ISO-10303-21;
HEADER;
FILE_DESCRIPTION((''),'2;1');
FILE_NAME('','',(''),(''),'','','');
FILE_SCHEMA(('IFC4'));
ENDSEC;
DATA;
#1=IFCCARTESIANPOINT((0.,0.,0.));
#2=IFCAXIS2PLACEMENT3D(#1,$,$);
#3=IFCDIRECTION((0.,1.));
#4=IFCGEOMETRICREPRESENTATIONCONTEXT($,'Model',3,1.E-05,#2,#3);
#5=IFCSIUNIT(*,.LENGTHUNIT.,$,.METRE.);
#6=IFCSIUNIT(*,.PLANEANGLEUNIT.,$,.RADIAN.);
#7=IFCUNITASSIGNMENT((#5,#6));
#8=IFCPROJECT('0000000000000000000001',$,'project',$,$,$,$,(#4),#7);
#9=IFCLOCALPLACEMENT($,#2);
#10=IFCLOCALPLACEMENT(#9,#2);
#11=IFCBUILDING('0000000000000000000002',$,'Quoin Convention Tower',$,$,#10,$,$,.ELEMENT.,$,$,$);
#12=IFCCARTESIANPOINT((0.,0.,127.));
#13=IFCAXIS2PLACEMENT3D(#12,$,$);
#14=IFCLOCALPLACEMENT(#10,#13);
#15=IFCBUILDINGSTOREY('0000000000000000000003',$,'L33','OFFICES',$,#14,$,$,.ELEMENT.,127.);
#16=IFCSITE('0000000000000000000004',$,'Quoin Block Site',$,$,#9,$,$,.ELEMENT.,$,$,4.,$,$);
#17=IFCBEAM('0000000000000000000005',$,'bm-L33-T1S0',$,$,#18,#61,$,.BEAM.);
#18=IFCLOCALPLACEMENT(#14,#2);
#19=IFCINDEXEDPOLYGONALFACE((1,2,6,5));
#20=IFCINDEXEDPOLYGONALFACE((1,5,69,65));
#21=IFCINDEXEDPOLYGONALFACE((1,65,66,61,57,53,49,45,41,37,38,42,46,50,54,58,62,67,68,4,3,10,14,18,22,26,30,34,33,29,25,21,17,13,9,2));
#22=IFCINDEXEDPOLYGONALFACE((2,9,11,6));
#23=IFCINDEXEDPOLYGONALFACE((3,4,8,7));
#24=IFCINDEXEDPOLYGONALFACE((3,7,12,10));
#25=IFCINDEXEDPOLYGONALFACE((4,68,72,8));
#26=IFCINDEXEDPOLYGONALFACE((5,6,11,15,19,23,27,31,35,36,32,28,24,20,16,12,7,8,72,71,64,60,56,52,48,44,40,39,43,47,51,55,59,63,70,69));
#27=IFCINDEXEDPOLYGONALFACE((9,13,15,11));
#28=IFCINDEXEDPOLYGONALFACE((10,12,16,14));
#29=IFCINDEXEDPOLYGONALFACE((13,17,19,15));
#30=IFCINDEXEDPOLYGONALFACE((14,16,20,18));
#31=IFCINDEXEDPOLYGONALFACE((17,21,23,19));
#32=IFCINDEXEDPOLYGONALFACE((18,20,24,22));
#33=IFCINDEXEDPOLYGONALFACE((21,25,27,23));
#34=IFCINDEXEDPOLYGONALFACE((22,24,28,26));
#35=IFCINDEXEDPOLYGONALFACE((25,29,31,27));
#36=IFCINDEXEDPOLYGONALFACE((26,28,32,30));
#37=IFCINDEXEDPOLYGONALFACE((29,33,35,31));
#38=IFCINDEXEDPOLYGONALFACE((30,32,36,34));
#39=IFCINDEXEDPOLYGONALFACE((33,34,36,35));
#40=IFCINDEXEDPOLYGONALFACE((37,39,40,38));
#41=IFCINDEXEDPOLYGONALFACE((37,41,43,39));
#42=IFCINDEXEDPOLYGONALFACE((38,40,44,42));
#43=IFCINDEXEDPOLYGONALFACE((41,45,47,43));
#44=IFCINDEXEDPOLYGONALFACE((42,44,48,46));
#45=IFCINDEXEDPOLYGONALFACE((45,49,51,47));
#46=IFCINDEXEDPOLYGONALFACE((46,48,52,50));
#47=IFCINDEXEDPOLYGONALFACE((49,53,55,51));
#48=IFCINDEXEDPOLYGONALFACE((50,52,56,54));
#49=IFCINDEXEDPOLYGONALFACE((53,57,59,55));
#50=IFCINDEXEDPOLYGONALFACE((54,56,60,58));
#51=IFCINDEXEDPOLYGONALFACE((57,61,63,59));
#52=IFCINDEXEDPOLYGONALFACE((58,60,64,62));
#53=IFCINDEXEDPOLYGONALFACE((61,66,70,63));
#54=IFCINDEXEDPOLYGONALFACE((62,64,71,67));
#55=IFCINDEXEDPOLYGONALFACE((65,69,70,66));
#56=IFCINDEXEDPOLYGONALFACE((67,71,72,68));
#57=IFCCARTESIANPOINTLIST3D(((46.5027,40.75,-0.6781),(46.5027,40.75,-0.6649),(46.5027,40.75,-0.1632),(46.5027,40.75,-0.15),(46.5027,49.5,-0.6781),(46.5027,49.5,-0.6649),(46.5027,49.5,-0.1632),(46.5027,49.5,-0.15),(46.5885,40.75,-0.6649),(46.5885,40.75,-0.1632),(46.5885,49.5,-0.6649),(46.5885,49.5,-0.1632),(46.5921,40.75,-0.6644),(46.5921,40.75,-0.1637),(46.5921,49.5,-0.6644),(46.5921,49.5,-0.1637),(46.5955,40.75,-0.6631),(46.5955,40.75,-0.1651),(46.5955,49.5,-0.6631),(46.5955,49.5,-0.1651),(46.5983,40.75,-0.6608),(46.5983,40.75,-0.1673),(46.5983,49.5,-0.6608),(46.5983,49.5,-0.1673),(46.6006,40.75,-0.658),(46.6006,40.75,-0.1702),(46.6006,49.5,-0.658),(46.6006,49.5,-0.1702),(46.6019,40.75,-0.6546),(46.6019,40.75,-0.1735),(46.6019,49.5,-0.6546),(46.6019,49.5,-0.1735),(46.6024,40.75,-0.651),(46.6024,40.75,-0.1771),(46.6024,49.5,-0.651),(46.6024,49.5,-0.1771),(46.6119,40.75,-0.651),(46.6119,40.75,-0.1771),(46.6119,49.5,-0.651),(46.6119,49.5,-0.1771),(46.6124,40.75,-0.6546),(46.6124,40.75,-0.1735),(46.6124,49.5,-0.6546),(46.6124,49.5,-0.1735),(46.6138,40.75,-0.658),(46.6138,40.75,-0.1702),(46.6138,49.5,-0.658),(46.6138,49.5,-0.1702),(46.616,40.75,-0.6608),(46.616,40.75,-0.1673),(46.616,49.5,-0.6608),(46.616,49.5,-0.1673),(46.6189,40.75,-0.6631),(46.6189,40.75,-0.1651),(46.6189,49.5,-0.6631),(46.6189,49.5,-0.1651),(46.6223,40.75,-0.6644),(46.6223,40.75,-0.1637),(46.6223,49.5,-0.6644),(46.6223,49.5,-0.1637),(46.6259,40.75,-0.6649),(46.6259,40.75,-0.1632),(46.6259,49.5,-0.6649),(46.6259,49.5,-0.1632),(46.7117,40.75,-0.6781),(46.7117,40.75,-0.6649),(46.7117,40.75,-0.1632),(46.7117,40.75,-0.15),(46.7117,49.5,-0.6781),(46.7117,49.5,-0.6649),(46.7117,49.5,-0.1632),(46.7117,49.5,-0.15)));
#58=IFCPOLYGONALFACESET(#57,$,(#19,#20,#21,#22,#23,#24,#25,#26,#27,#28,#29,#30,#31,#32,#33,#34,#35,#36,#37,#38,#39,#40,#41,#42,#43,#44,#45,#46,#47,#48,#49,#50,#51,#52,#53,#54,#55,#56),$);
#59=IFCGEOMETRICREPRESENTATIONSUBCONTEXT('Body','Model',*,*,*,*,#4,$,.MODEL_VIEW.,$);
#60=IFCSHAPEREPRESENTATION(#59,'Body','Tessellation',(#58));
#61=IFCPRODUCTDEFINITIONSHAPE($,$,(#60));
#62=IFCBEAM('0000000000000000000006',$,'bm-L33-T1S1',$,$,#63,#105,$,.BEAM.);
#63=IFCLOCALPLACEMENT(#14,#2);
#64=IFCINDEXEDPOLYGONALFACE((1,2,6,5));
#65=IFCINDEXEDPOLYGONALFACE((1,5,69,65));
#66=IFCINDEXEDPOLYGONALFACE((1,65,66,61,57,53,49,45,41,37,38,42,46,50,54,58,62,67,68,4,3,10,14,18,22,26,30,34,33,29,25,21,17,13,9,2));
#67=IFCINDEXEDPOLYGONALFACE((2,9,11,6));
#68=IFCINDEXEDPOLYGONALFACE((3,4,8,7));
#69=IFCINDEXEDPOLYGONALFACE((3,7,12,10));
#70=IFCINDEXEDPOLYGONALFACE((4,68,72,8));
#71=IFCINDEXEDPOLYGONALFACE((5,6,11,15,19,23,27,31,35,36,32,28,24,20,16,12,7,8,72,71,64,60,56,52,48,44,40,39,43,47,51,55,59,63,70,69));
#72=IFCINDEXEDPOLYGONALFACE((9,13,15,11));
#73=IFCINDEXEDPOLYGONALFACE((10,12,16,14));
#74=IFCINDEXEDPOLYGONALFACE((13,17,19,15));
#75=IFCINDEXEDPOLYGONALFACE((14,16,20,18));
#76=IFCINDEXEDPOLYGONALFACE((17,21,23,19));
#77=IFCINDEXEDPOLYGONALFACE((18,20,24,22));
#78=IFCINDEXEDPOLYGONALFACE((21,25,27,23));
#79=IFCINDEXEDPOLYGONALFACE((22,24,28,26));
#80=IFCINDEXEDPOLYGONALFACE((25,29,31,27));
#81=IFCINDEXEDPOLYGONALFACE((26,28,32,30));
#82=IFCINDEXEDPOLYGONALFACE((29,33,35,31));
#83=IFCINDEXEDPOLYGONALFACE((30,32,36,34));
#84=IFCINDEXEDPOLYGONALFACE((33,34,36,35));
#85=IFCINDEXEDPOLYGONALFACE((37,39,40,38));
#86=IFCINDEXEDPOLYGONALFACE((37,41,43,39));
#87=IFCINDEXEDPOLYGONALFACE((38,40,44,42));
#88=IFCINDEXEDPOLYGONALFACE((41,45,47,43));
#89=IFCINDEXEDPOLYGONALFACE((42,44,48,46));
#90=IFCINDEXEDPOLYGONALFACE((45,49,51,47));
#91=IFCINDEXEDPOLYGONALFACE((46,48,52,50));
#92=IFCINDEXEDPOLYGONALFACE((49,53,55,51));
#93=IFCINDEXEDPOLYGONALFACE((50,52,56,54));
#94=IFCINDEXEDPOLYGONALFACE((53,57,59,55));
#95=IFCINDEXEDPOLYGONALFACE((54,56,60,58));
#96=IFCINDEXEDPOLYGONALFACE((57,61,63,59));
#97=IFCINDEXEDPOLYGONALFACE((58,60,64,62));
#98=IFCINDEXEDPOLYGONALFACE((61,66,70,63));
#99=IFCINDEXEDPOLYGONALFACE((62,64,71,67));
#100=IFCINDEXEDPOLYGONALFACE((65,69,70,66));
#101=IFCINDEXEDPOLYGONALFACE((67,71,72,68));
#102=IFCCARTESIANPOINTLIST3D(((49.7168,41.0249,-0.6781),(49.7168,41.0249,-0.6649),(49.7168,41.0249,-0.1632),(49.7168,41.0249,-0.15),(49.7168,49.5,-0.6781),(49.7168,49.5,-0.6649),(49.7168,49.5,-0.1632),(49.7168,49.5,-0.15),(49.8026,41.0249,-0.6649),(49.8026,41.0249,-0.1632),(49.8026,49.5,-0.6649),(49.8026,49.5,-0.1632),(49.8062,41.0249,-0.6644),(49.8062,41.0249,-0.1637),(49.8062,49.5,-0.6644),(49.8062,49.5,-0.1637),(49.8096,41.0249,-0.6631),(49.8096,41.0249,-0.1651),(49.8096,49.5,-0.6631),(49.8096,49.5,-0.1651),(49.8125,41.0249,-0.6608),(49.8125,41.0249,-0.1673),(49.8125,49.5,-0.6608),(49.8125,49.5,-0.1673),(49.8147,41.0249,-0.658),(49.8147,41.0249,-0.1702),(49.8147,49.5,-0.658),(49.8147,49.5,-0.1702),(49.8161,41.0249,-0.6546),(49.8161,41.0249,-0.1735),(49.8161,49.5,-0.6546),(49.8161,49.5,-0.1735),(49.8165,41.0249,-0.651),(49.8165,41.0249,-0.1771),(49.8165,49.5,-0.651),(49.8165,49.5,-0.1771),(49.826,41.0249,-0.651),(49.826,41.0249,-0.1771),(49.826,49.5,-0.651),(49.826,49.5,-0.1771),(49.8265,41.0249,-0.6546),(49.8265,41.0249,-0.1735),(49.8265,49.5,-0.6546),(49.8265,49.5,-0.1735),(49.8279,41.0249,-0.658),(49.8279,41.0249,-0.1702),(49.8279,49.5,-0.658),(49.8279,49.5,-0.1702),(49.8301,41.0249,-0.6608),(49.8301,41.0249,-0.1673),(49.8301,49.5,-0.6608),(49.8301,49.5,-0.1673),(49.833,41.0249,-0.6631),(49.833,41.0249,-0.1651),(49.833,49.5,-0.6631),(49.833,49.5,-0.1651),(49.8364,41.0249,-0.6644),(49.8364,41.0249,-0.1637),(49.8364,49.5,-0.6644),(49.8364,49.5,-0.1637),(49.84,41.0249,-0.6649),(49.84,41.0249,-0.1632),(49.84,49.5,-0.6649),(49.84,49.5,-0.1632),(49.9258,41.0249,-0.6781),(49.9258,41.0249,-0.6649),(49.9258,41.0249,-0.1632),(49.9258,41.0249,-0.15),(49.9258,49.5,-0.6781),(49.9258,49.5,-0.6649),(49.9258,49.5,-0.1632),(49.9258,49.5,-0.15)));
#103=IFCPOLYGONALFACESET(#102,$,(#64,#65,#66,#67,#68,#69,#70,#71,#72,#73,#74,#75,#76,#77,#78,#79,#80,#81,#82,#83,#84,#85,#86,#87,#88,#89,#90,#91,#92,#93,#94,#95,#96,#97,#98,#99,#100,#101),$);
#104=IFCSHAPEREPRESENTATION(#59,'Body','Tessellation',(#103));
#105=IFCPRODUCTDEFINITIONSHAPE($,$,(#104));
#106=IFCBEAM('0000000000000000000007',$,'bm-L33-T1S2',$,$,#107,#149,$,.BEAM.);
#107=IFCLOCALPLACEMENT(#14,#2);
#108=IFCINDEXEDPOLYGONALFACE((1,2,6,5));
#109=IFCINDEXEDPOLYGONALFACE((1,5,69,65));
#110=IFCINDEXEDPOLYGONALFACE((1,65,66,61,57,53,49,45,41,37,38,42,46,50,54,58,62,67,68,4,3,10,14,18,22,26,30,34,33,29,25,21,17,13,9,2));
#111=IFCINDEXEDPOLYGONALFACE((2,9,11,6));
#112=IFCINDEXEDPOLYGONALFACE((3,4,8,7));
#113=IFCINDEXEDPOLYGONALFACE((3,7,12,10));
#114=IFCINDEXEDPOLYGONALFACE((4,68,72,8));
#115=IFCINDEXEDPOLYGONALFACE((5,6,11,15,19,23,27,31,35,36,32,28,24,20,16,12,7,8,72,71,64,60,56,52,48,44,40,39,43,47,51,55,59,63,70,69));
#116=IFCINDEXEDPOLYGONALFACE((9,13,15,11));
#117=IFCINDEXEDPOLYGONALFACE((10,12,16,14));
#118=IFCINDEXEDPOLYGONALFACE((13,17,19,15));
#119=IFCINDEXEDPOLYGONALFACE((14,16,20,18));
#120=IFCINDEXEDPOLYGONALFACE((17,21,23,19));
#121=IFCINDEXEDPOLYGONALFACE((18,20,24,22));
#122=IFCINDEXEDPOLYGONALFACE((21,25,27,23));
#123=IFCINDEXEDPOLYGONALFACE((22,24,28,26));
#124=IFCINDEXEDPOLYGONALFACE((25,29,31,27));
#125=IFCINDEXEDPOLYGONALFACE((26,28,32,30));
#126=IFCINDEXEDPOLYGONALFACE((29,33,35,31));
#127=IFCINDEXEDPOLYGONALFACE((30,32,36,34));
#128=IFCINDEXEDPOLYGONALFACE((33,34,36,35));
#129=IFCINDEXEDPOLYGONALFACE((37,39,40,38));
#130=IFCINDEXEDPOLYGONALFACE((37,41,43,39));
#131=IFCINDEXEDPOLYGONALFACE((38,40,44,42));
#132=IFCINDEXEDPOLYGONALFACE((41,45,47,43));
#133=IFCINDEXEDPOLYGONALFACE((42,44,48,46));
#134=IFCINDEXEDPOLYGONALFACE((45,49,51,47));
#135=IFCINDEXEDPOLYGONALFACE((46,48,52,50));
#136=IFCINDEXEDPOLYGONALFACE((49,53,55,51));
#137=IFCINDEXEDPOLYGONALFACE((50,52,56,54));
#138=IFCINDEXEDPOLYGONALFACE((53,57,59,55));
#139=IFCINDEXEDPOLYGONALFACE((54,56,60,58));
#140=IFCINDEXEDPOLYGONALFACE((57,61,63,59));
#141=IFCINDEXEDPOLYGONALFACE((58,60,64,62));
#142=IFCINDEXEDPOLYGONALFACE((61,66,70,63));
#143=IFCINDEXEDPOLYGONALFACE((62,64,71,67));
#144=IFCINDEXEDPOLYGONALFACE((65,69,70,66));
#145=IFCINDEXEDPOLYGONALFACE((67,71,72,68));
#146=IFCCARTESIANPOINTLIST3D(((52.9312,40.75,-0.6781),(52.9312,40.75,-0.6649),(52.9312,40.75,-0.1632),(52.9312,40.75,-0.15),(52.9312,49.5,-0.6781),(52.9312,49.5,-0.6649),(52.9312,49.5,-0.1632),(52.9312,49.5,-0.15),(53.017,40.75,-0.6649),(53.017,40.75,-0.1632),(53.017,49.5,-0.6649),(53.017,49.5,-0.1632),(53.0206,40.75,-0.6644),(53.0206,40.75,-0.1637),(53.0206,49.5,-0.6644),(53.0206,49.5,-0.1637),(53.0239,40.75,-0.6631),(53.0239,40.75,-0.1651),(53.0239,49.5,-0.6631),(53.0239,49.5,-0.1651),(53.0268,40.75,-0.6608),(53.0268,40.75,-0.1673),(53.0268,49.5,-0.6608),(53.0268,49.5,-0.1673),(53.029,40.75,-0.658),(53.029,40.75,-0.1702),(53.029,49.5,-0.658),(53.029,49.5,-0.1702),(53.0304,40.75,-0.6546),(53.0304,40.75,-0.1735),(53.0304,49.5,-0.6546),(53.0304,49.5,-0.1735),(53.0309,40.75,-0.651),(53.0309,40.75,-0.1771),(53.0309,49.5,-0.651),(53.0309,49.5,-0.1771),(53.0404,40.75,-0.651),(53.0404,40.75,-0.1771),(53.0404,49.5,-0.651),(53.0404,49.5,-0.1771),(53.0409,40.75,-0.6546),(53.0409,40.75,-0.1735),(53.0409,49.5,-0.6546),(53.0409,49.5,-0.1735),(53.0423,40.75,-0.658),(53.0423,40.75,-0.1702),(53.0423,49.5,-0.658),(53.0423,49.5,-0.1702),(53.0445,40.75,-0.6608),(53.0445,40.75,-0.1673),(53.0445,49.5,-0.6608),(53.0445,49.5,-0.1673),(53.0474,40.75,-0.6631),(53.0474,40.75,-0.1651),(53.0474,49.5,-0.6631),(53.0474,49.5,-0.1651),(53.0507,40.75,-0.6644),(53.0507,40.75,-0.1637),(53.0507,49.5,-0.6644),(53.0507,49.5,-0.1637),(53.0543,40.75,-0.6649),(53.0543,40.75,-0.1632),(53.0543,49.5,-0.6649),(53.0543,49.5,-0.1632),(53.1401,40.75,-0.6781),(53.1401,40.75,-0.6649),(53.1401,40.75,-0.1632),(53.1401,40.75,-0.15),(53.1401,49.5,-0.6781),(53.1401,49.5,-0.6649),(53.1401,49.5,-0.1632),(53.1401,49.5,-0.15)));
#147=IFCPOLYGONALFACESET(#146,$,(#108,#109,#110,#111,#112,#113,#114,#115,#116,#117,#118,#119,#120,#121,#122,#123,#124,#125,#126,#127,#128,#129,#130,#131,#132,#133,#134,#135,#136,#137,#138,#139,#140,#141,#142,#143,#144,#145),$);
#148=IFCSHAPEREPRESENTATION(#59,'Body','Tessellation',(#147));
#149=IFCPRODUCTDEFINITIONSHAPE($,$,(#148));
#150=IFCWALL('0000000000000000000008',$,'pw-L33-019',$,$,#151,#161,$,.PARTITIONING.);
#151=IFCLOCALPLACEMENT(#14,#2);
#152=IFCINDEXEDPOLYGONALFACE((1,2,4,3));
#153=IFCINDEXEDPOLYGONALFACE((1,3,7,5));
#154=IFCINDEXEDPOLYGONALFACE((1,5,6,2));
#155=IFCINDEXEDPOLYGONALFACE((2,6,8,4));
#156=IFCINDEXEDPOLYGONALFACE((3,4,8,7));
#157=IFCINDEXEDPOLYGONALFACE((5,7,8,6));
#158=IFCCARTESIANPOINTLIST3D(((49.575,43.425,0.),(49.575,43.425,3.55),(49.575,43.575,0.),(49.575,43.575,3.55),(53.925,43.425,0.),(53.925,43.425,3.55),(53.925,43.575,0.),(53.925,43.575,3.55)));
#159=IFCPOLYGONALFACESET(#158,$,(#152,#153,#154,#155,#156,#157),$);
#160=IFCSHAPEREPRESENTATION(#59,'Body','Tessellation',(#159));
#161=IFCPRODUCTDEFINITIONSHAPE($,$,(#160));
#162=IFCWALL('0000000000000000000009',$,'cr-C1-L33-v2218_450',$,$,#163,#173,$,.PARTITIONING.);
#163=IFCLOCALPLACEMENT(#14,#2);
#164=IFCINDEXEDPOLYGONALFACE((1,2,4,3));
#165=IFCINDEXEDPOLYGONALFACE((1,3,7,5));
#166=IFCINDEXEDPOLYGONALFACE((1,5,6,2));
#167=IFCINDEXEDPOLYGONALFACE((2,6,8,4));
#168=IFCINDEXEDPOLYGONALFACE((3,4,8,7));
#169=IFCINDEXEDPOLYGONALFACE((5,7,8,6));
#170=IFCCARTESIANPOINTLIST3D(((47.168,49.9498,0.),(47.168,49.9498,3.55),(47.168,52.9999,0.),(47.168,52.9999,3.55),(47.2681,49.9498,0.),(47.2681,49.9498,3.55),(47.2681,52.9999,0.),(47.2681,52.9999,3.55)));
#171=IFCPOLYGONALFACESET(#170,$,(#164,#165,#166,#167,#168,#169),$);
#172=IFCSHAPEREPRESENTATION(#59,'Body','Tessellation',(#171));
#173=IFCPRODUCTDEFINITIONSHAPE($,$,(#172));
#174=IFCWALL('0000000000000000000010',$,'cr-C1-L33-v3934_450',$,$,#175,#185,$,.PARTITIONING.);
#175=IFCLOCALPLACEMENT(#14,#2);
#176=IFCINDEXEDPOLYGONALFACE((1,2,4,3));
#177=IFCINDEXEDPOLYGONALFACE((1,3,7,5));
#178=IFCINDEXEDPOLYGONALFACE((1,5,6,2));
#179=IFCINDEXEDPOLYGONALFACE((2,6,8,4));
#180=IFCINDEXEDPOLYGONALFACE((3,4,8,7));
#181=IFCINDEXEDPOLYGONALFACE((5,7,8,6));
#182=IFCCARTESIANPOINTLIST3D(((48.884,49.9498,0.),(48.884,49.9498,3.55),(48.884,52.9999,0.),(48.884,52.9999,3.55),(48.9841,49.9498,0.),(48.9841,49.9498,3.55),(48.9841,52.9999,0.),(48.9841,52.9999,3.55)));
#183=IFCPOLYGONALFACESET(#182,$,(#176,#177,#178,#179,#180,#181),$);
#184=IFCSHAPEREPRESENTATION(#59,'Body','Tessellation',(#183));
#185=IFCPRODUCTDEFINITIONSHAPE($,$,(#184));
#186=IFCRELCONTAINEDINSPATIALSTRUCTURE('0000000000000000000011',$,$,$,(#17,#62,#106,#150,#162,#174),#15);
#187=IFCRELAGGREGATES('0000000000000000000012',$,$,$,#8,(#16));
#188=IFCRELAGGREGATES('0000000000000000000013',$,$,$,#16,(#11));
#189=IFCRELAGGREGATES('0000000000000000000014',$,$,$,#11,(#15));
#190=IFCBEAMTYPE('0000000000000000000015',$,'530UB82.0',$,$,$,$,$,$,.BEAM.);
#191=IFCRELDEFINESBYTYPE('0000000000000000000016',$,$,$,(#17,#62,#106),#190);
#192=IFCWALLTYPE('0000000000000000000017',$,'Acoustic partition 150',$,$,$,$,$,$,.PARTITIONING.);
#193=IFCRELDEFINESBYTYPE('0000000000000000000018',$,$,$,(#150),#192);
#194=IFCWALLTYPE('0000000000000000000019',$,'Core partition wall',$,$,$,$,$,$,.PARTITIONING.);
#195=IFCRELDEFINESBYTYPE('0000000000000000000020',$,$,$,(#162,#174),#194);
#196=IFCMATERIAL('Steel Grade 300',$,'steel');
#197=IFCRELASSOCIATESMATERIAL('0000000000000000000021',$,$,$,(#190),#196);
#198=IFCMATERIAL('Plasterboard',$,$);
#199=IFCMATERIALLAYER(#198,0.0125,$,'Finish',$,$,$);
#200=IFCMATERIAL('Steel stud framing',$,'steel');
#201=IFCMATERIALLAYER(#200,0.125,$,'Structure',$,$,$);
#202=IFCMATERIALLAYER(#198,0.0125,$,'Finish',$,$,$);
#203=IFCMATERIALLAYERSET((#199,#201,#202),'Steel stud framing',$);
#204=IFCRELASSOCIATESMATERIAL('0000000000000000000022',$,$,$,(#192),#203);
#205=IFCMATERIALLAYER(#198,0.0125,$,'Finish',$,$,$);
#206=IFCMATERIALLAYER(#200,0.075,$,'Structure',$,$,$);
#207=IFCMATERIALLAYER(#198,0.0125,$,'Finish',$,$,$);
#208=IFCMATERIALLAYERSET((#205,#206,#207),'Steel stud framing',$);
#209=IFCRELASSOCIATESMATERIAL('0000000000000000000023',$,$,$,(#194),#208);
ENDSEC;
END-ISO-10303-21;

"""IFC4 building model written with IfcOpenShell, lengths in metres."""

from ifc_helpers import new_model, si_unit, direction, frame, frame_2d, origin, origin_2d, place, context, subcontext, project, spatial, rectangle, i_section, extrude, material, layer, layer_set, material_profile, profile_set, type_object, element, save


model = new_model("IFC4")

# Units and contexts
model_context = context("Model", 3, precision=1e-05, world=origin(), true_north=direction((0.0, 1.0)))
body_context = subcontext(model_context, "Body", "Model", "MODEL_VIEW")
ifc_project = project(units=[si_unit("LENGTHUNIT", "METRE"), si_unit("PLANEANGLEUNIT", "RADIAN")], contexts=[model_context])

# Site, building, storey
site_placement = place(None, origin())
site = spatial("IfcSite", under=ifc_project, at=site_placement, Name="Quoin Block Site", CompositionType="ELEMENT", RefElevation=4.0)
building_placement = place(site_placement, origin())
building = spatial("IfcBuilding", under=site, at=building_placement, Name="Quoin Convention Tower", CompositionType="ELEMENT")
storey_placement = place(building_placement, frame((0.0, 0.0, 127.0)))
storey = spatial("IfcBuildingStorey", under=building, at=storey_placement, Name="L33", Description="OFFICES", CompositionType="ELEMENT", Elevation=127.0)

# Beams
ifc_material_1 = material(Name="Steel Grade 300", Category="steel")
ifc_material_profile = material_profile(ifc_material_1, i_section(OverallWidth=0.209, OverallDepth=0.5281, WebThickness=0.0095, FlangeThickness=0.0132, FilletRadius=0.0139, at=origin_2d()), Name="530UB82.0")
ifc_profile_set = profile_set([ifc_material_profile], Name="Steel Grade 300")
beam_type = type_object("IfcBeamType", Name="530UB82.0", PredefinedType="BEAM", material=ifc_profile_set)
beam_1_placement = place(storey_placement, frame((46.6072, 40.75, -0.4141), z_axis=(0.0, 1.0, 0.0), x_axis=(-1.0, 0.0, 0.0)))
element("IfcBeam", 1, at=beam_1_placement, inside=storey, type_object=beam_type, Name="bm-L33-T1S0", PredefinedType="BEAM", context=body_context, shape_type="SweptSolid", body=[
    extrude(i_section(OverallWidth=0.209, OverallDepth=0.5281, WebThickness=0.0095, FlangeThickness=0.0132, FilletRadius=0.0139, at=origin_2d()), origin(), (0.0, 0.0, 1.0), 8.75),
])
beam_2_placement = place(storey_placement, frame((49.8213, 41.0249, -0.4141), z_axis=(0.0, 1.0, 0.0), x_axis=(-1.0, 0.0, 0.0)))
element("IfcBeam", 2, at=beam_2_placement, inside=storey, type_object=beam_type, Name="bm-L33-T1S1", PredefinedType="BEAM", context=body_context, shape_type="SweptSolid", body=[
    extrude(i_section(OverallWidth=0.209, OverallDepth=0.5281, WebThickness=0.0095, FlangeThickness=0.0132, FilletRadius=0.0139, at=origin_2d()), origin(), (0.0, 0.0, 1.0), 8.4751),
])
beam_3_placement = place(storey_placement, frame((53.0356, 40.75, -0.4141), z_axis=(0.0, 1.0, 0.0), x_axis=(-1.0, 0.0, 0.0)))
element("IfcBeam", 3, at=beam_3_placement, inside=storey, type_object=beam_type, Name="bm-L33-T1S2", PredefinedType="BEAM", context=body_context, shape_type="SweptSolid", body=[
    extrude(i_section(OverallWidth=0.209, OverallDepth=0.5281, WebThickness=0.0095, FlangeThickness=0.0132, FilletRadius=0.0139, at=origin_2d()), origin(), (0.0, 0.0, 1.0), 8.75),
])

# Walls
ifc_material_2 = material(Name="Plasterboard")
ifc_layer_1 = layer(ifc_material_2, 0.0125, Name="Finish")
ifc_material_3 = material(Name="Steel stud framing", Category="steel")
ifc_layer_2 = layer(ifc_material_3, 0.125, Name="Structure")
ifc_layer_3 = layer(ifc_material_2, 0.0125, Name="Finish")
ifc_layer_set_1 = layer_set([ifc_layer_1, ifc_layer_2, ifc_layer_3], Name="Steel stud framing")
wall_type_1 = type_object("IfcWallType", Name="Acoustic partition 150", PredefinedType="PARTITIONING", material=ifc_layer_set_1)
wall_1_placement = place(storey_placement, frame((49.575, 43.5, 0.0), z_axis=(0.0, 0.0, 1.0), x_axis=(1.0, 0.0, 0.0)))
element("IfcWall", 4, at=wall_1_placement, inside=storey, type_object=wall_type_1, Name="pw-L33-019", PredefinedType="PARTITIONING", context=body_context, shape_type="SweptSolid", body=[
    extrude(rectangle(XDim=4.3501, YDim=0.1499, at=frame_2d((2.175, 0.0))), origin(), (0.0, 0.0, 1.0), 3.55),
])
ifc_layer_4 = layer(ifc_material_2, 0.0125, Name="Finish")
ifc_layer_5 = layer(ifc_material_3, 0.075, Name="Structure")
ifc_layer_6 = layer(ifc_material_2, 0.0125, Name="Finish")
ifc_layer_set_2 = layer_set([ifc_layer_4, ifc_layer_5, ifc_layer_6], Name="Steel stud framing")
wall_type_2 = type_object("IfcWallType", Name="Core partition wall", PredefinedType="PARTITIONING", material=ifc_layer_set_2)
for number, where, z_axis, x_axis, name in (
    (5, (47.218, 49.95, 0.0), (0.0, 0.0, 1.0), (0.0, 1.0, 0.0), "cr-C1-L33-v2218_450"),
    (6, (48.9341, 49.95, 0.0), (0.0, 0.0, 1.0), (0.0, 1.0, 0.0), "cr-C1-L33-v3934_450"),
):
    element("IfcWall", number, at=place(storey_placement, frame(where, z_axis=z_axis, x_axis=x_axis)), inside=storey, type_object=wall_type_2, Name=name, PredefinedType="PARTITIONING", context=body_context, shape_type="SweptSolid", body=[
        extrude(rectangle(XDim=3.05, YDim=0.1001, at=frame_2d((1.5249, 0.0))), origin(), (0.0, 0.0, 1.0), 3.55),
    ])

save(model, "model.ifc")
